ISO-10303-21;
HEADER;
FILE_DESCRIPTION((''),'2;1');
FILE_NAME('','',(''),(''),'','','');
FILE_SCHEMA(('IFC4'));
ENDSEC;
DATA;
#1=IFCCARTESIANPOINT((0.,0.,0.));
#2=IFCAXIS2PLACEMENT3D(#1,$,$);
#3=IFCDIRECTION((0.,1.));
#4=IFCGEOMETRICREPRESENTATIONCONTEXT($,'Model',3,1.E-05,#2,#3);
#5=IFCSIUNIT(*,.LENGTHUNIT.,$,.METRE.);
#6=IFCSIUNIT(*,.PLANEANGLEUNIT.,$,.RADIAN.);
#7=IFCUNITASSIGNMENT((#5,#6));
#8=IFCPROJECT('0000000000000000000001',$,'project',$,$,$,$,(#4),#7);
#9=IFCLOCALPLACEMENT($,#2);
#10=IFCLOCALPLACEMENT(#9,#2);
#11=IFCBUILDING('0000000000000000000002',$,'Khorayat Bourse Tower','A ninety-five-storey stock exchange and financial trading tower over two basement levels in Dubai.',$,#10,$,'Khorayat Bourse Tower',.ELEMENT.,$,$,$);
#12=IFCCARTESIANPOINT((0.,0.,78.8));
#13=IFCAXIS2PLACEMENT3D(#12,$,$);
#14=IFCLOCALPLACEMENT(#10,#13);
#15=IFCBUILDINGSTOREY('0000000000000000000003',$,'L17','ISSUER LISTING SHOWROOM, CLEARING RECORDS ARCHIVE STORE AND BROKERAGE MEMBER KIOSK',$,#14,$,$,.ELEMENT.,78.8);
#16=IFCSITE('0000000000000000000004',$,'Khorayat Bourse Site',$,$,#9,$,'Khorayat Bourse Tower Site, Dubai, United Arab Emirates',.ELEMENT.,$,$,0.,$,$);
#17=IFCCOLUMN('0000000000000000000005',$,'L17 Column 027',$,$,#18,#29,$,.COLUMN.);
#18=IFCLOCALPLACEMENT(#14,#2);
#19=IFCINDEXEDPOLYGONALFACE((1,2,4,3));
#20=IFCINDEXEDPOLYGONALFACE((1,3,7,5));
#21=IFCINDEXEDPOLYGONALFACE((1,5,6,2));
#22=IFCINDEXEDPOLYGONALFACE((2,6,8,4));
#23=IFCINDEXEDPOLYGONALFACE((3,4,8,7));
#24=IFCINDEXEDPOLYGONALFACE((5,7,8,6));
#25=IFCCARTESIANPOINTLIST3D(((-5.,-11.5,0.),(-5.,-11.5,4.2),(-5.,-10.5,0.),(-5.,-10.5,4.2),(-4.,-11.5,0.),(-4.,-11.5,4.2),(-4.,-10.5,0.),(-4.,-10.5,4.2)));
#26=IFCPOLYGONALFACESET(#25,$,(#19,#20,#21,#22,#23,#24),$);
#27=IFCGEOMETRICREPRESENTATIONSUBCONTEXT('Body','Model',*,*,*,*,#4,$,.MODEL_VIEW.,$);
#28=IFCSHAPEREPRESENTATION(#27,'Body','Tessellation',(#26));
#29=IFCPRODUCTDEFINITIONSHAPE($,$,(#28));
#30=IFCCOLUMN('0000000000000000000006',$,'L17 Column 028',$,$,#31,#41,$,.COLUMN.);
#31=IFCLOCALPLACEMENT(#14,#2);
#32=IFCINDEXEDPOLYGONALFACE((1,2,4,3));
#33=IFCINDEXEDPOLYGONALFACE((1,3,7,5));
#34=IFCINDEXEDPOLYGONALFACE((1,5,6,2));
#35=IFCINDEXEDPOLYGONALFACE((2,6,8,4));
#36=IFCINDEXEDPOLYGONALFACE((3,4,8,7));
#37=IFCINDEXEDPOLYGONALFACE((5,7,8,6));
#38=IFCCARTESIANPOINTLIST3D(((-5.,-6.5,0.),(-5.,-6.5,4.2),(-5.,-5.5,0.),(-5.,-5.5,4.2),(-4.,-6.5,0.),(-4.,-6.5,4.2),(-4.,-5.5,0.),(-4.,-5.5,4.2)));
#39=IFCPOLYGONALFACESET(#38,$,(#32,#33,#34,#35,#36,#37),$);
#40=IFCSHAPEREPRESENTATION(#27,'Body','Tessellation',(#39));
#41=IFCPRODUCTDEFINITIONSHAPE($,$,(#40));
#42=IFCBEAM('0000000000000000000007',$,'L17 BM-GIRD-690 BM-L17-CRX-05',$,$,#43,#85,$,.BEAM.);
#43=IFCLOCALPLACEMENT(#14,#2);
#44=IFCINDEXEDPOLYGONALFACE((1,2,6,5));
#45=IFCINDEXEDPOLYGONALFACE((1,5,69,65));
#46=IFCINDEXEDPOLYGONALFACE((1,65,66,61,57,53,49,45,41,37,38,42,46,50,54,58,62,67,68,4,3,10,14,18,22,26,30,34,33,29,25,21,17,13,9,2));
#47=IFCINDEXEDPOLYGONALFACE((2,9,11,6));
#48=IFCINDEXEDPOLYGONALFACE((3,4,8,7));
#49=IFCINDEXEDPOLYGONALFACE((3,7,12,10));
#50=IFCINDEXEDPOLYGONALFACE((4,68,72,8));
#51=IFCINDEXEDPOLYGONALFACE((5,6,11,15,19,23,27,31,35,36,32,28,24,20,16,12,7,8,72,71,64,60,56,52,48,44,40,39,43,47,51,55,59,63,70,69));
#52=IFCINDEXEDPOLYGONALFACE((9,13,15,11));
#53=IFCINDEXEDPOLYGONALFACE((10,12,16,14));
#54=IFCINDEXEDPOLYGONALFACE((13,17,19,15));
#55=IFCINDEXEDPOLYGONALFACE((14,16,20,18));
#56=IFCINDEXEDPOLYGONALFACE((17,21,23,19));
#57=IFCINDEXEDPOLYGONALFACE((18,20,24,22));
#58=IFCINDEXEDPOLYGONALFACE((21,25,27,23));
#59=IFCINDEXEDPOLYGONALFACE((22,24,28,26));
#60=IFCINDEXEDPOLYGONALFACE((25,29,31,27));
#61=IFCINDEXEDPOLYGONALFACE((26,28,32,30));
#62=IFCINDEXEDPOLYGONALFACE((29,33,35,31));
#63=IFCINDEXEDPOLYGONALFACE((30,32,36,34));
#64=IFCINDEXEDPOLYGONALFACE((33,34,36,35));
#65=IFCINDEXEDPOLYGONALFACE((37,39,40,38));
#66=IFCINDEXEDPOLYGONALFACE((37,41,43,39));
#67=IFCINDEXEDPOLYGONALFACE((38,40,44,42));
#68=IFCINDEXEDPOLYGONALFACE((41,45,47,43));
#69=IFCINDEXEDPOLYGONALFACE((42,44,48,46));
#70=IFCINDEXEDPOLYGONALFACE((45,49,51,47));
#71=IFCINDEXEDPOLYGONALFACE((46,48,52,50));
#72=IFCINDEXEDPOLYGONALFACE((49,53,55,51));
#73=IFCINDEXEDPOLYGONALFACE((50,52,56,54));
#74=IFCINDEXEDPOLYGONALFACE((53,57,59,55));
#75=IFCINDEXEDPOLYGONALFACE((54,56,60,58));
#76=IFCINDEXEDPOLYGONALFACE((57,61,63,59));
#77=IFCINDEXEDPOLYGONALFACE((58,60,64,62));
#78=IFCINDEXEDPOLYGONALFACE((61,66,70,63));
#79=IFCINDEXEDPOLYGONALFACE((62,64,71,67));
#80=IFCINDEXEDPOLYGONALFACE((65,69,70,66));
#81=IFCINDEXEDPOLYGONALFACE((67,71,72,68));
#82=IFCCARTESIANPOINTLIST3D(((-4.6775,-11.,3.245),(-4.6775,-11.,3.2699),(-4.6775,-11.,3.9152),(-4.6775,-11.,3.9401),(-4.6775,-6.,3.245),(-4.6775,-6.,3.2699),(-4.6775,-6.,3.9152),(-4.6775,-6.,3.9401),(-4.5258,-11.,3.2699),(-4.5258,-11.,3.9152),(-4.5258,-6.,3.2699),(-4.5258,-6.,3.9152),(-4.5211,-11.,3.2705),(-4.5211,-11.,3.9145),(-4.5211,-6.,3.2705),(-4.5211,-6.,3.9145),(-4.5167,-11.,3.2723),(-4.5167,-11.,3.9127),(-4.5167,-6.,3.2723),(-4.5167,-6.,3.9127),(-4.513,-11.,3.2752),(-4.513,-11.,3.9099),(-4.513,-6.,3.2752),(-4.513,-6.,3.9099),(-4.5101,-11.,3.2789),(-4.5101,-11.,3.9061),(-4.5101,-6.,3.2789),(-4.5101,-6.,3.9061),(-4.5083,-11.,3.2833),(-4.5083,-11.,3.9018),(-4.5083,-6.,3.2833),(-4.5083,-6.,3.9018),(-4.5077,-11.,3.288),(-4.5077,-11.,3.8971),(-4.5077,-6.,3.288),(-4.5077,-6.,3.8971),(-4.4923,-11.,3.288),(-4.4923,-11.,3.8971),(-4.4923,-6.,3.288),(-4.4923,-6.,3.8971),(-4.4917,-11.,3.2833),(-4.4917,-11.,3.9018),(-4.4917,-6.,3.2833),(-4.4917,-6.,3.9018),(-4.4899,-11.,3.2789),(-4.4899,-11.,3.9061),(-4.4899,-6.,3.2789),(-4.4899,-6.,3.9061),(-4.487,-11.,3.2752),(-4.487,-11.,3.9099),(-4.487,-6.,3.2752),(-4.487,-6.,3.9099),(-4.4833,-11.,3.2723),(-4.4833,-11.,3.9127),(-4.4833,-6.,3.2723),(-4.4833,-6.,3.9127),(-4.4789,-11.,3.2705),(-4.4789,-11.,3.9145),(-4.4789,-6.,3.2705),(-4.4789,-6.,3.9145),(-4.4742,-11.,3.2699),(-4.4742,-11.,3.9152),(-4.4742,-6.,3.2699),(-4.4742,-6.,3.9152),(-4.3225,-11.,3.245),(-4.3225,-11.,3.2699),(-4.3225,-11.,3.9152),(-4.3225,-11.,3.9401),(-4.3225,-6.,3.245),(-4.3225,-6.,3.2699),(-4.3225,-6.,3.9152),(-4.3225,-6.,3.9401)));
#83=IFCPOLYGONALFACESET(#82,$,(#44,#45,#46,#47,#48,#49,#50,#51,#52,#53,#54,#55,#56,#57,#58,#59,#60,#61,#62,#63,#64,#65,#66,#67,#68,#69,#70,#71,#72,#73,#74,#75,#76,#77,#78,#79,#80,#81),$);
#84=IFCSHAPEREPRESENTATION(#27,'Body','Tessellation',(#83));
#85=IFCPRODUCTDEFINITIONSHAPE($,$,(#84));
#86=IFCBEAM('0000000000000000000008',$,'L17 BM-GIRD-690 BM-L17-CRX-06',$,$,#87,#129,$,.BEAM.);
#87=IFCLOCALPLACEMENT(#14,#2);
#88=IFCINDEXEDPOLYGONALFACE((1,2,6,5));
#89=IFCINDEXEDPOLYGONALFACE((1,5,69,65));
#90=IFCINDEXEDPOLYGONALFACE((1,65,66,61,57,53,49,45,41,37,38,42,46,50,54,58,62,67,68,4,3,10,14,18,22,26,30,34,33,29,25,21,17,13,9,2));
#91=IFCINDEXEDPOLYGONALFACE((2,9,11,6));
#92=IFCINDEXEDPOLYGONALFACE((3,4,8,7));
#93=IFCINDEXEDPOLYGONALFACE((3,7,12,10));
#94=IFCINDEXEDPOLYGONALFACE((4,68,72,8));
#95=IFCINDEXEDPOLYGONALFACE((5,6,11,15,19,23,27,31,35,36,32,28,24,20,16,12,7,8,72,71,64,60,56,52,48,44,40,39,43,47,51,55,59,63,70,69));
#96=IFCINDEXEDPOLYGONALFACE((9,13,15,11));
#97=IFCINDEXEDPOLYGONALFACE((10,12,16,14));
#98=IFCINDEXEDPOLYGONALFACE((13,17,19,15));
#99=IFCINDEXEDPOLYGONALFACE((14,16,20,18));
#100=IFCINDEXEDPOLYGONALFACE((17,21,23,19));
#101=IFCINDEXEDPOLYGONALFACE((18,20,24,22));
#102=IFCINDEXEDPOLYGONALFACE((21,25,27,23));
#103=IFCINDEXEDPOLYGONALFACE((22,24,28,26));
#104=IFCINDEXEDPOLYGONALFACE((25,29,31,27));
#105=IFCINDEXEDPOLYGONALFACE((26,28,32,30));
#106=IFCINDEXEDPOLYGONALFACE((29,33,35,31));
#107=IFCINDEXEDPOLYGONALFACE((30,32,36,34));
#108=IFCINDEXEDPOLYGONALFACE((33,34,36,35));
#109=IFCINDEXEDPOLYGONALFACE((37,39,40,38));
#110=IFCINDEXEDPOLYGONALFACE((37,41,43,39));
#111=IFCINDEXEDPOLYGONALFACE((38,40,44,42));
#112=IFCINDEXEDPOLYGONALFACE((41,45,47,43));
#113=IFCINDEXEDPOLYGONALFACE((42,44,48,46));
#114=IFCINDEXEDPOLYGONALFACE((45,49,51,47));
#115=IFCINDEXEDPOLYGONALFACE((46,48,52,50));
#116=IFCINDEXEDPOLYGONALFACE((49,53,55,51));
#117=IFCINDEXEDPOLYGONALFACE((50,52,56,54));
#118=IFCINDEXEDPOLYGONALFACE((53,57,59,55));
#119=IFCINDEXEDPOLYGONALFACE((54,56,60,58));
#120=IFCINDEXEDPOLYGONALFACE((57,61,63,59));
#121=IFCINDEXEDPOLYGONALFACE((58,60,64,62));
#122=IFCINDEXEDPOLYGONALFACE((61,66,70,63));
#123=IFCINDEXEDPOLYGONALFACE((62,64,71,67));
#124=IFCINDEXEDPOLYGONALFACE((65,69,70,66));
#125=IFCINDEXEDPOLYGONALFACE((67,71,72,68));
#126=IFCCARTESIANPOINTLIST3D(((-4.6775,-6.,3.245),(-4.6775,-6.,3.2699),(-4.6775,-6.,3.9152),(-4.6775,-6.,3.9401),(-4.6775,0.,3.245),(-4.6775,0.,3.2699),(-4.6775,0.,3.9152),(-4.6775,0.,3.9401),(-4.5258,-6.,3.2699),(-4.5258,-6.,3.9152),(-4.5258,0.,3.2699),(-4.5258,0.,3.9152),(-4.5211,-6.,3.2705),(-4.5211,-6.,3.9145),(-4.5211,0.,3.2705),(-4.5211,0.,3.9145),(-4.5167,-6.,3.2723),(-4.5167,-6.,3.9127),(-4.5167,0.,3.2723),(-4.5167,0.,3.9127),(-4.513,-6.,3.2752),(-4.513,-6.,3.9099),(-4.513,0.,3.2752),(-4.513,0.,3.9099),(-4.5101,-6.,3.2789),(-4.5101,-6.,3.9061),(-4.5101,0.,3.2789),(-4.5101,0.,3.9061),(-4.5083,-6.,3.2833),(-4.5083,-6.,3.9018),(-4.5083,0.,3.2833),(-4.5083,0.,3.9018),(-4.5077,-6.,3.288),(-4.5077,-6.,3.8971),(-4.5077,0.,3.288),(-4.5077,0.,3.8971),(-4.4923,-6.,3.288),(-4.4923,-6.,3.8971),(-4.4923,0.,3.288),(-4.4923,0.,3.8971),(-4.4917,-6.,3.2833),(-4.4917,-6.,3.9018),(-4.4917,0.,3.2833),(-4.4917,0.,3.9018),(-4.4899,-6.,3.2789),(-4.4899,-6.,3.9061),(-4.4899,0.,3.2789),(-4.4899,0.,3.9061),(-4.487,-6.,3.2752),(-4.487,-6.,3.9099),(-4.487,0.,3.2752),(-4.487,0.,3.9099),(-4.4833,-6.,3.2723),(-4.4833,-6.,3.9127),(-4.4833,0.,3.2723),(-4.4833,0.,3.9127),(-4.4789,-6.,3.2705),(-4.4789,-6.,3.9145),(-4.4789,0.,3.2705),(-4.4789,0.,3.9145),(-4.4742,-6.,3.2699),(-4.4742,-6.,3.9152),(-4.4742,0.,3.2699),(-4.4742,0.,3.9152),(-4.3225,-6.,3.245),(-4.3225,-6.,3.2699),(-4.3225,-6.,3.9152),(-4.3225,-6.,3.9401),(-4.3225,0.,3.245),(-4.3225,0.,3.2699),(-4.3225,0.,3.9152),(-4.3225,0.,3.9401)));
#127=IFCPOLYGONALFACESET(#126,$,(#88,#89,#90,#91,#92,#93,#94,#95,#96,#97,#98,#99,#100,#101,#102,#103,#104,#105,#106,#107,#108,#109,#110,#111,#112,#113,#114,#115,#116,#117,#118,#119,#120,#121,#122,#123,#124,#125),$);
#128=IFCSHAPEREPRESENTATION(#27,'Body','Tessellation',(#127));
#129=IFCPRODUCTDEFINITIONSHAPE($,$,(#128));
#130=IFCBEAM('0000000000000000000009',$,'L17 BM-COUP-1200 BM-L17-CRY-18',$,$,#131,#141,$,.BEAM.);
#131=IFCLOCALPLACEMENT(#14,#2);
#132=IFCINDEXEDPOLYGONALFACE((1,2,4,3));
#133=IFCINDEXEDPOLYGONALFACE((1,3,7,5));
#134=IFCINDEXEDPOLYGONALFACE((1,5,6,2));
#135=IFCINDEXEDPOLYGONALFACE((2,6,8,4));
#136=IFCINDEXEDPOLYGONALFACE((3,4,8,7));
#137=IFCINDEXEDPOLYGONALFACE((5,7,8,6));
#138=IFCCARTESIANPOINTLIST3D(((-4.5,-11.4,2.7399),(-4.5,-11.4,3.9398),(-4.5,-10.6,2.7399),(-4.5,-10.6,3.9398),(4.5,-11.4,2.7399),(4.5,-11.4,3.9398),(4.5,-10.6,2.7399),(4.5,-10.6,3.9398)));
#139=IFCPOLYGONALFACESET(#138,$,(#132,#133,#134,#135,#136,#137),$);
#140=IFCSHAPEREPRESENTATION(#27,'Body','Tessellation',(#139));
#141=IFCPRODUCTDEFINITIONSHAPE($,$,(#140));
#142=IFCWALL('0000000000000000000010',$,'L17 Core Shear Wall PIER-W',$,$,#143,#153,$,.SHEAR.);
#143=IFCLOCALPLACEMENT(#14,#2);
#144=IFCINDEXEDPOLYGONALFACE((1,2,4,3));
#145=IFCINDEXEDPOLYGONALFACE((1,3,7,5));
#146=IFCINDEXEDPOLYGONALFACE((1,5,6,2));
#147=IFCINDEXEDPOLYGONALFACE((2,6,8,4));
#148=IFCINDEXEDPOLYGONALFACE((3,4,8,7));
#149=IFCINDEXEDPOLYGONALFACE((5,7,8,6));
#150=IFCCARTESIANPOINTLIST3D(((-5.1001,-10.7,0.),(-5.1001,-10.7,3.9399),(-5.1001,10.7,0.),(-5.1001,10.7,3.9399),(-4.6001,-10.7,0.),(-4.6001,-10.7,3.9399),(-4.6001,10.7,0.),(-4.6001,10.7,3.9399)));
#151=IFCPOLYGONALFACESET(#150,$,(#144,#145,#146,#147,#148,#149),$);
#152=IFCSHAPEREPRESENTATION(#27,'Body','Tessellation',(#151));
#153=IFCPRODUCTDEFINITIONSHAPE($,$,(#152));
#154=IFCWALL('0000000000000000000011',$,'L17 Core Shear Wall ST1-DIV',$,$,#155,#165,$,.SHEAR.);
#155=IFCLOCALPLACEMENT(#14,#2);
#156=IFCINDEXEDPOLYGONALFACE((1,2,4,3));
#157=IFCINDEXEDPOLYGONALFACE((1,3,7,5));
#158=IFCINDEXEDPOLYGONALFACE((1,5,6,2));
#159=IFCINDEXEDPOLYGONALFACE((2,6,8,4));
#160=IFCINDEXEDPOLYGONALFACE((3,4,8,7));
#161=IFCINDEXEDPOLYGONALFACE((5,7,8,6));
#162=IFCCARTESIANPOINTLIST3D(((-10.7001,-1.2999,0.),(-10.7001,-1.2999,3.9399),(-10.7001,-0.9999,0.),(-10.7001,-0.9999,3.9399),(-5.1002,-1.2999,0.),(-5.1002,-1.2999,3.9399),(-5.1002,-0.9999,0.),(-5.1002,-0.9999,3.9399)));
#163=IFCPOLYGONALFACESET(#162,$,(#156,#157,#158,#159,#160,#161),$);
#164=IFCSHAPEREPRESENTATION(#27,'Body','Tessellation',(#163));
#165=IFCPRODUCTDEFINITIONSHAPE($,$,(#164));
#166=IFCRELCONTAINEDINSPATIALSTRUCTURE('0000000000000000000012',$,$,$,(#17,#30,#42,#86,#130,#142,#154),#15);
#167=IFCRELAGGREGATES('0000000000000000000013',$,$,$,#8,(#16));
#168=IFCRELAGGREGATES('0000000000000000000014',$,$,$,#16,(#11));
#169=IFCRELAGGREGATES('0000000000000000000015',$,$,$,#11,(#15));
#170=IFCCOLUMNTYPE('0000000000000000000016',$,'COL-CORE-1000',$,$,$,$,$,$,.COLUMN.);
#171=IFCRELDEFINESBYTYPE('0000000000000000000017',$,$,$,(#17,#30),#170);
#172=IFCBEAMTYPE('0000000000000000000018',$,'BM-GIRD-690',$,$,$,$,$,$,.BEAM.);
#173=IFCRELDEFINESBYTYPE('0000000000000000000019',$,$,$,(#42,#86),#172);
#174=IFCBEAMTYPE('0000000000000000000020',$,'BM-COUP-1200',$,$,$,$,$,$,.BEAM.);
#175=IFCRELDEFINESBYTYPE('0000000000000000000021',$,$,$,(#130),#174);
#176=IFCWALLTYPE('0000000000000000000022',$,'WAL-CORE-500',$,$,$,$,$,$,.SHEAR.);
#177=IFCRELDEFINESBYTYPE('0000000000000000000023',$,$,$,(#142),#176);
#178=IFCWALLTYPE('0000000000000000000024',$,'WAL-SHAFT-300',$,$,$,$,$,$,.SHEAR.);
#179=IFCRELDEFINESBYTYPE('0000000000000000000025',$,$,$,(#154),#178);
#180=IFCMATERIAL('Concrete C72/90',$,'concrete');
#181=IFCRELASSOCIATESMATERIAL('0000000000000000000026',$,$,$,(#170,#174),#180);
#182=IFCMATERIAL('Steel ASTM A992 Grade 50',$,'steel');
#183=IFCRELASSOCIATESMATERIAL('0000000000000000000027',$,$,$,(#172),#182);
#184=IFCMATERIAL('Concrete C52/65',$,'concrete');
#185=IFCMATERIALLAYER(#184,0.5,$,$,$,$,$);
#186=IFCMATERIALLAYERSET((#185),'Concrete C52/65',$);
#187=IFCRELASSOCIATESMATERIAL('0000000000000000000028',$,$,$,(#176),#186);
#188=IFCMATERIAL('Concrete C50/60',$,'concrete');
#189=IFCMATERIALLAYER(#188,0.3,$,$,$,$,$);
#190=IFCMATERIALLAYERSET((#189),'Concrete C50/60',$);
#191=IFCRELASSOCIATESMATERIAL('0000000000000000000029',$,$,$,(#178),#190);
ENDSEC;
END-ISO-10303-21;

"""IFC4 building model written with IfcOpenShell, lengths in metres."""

from ifc_helpers import new_model, si_unit, direction, frame, frame_2d, origin, origin_2d, place, context, subcontext, project, spatial, rectangle, i_section, extrude, source, transform, mapped, material, layer, layer_set, material_profile, profile_set, type_object, element, save


model = new_model("IFC4")

# Units and contexts
model_context = context("Model", 3, precision=1e-05, world=origin(), true_north=direction((0.0, 1.0)))
body_context = subcontext(model_context, "Body", "Model", "MODEL_VIEW")
ifc_project = project(units=[si_unit("LENGTHUNIT", "METRE"), si_unit("PLANEANGLEUNIT", "RADIAN")], contexts=[model_context])

# Site, building, storey
site_placement = place(None, origin())
site = spatial("IfcSite", under=ifc_project, at=site_placement, Name="Khorayat Bourse Site", LongName="Khorayat Bourse Tower Site, Dubai, United Arab Emirates", CompositionType="ELEMENT", RefElevation=0.0)
building_placement = place(site_placement, origin())
building = spatial("IfcBuilding", under=site, at=building_placement, Name="Khorayat Bourse Tower", Description="A ninety-five-storey stock exchange and financial trading tower over two basement levels in Dubai.", LongName="Khorayat Bourse Tower", CompositionType="ELEMENT")
storey_placement = place(building_placement, frame((0.0, 0.0, 78.8)))
storey = spatial("IfcBuildingStorey", under=building, at=storey_placement, Name="L17", Description="ISSUER LISTING SHOWROOM, CLEARING RECORDS ARCHIVE STORE AND BROKERAGE MEMBER KIOSK", CompositionType="ELEMENT", Elevation=78.8)

# Columns
ifc_material_1 = material(Name="Concrete C72/90", Category="concrete")
ifc_material_profile_1 = material_profile(ifc_material_1, rectangle(XDim=1.0, YDim=1.0, at=origin_2d()), Name="RC 1000x1000")
ifc_profile_set_1 = profile_set([ifc_material_profile_1], Name="Concrete C72/90")
column_type = type_object("IfcColumnType", Name="COL-CORE-1000", PredefinedType="COLUMN", material=ifc_profile_set_1)
shared_shape_1 = source(origin(), body_context, "Body", "SweptSolid", [
    extrude(rectangle(XDim=1.0, YDim=1.0, at=origin_2d()), origin(), (0.0, 0.0, 1.0), 4.2),
])
for number, where, z_axis, x_axis, name in (
    (1, (-4.5, -11.0, 0.0), (0.0, 0.0, 1.0), (1.0, 0.0, 0.0), "L17 Column 027"),
    (2, (-4.5, -6.0, 0.0), (0.0, 0.0, 1.0), (1.0, 0.0, 0.0), "L17 Column 028"),
):
    element("IfcColumn", number, at=place(storey_placement, frame(where, z_axis=z_axis, x_axis=x_axis)), inside=storey, type_object=column_type, Name=name, PredefinedType="COLUMN", context=body_context, shape_type="MappedRepresentation", body=[
        mapped(shared_shape_1, transform((0.0, 0.0, 0.0), scale=1.0)),
    ])

# Beams
ifc_material_2 = material(Name="Steel ASTM A992 Grade 50", Category="steel")
ifc_material_profile_2 = material_profile(ifc_material_2, i_section(OverallWidth=0.355, OverallDepth=0.6951, WebThickness=0.0154, FlangeThickness=0.0249, FilletRadius=0.0181, at=origin_2d()), Name="W690X217")
ifc_profile_set_2 = profile_set([ifc_material_profile_2], Name="Steel ASTM A992 Grade 50")
beam_type_1 = type_object("IfcBeamType", Name="BM-GIRD-690", PredefinedType="BEAM", material=ifc_profile_set_2)
shared_shape_2 = source(origin(), body_context, "Body", "SweptSolid", [
    extrude(i_section(OverallWidth=0.355, OverallDepth=0.6951, WebThickness=0.0154, FlangeThickness=0.0249, FilletRadius=0.0181, at=origin_2d()), origin(), (0.0, 0.0, 1.0), 5.0),
])
beam_1_placement = place(storey_placement, frame((-4.5, -11.0, 3.5925), z_axis=(0.0, 1.0, 0.0), x_axis=(-1.0, 0.0, 0.0)))
element("IfcBeam", 3, at=beam_1_placement, inside=storey, type_object=beam_type_1, Name="L17 BM-GIRD-690 BM-L17-CRX-05", PredefinedType="BEAM", context=body_context, shape_type="MappedRepresentation", body=[
    mapped(shared_shape_2, transform((0.0, 0.0, 0.0), scale=1.0)),
])
shared_shape_3 = source(origin(), body_context, "Body", "SweptSolid", [
    extrude(i_section(OverallWidth=0.355, OverallDepth=0.6951, WebThickness=0.0154, FlangeThickness=0.0249, FilletRadius=0.0181, at=origin_2d()), origin(), (0.0, 0.0, 1.0), 6.0),
])
beam_2_placement = place(storey_placement, frame((-4.5, -6.0, 3.5925), z_axis=(0.0, 1.0, 0.0), x_axis=(-1.0, 0.0, 0.0)))
element("IfcBeam", 4, at=beam_2_placement, inside=storey, type_object=beam_type_1, Name="L17 BM-GIRD-690 BM-L17-CRX-06", PredefinedType="BEAM", context=body_context, shape_type="MappedRepresentation", body=[
    mapped(shared_shape_3, transform((0.0, 0.0, 0.0), scale=1.0)),
])
ifc_material_profile_3 = material_profile(ifc_material_1, rectangle(XDim=0.8, YDim=1.2, at=origin_2d()), Name="RC 800x1200")
ifc_profile_set_3 = profile_set([ifc_material_profile_3], Name="Concrete C72/90")
beam_type_2 = type_object("IfcBeamType", Name="BM-COUP-1200", PredefinedType="BEAM", material=ifc_profile_set_3)
shared_shape_4 = source(origin(), body_context, "Body", "SweptSolid", [
    extrude(rectangle(XDim=0.8, YDim=1.2, at=origin_2d()), origin(), (0.0, 0.0, 1.0), 9.0),
])
beam_3_placement = place(storey_placement, frame((-4.5, -11.0, 3.3398), z_axis=(1.0, 0.0, 0.0), x_axis=(0.0, 1.0, 0.0)))
element("IfcBeam", 5, at=beam_3_placement, inside=storey, type_object=beam_type_2, Name="L17 BM-COUP-1200 BM-L17-CRY-18", PredefinedType="BEAM", context=body_context, shape_type="MappedRepresentation", body=[
    mapped(shared_shape_4, transform((0.0, 0.0, 0.0), scale=1.0)),
])

# Walls
ifc_material_3 = material(Name="Concrete C52/65", Category="concrete")
ifc_layer_1 = layer(ifc_material_3, 0.5)
ifc_layer_set_1 = layer_set([ifc_layer_1], Name="Concrete C52/65")
wall_type_1 = type_object("IfcWallType", Name="WAL-CORE-500", PredefinedType="SHEAR", material=ifc_layer_set_1)
shared_shape_5 = source(origin(), body_context, "Body", "SweptSolid", [
    extrude(rectangle(XDim=21.3999, YDim=0.5, at=frame_2d((10.7, 0.0))), origin(), (0.0, 0.0, 1.0), 3.9399),
])
wall_1_placement = place(storey_placement, frame((-4.8501, -10.7, 0.0), z_axis=(0.0, 0.0, 1.0), x_axis=(0.0, 1.0, 0.0)))
element("IfcWall", 6, at=wall_1_placement, inside=storey, type_object=wall_type_1, Name="L17 Core Shear Wall PIER-W", PredefinedType="SHEAR", context=body_context, shape_type="MappedRepresentation", body=[
    mapped(shared_shape_5, transform((0.0, 0.0, 0.0), scale=1.0)),
])
ifc_material_4 = material(Name="Concrete C50/60", Category="concrete")
ifc_layer_2 = layer(ifc_material_4, 0.3)
ifc_layer_set_2 = layer_set([ifc_layer_2], Name="Concrete C50/60")
wall_type_2 = type_object("IfcWallType", Name="WAL-SHAFT-300", PredefinedType="SHEAR", material=ifc_layer_set_2)
shared_shape_6 = source(origin(), body_context, "Body", "SweptSolid", [
    extrude(rectangle(XDim=5.5999, YDim=0.3, at=frame_2d((2.7998, 0.0))), origin(), (0.0, 0.0, 1.0), 3.9399),
])
wall_2_placement = place(storey_placement, frame((-10.7, -1.1499, 0.0), z_axis=(0.0, 0.0, 1.0), x_axis=(1.0, 0.0, 0.0)))
element("IfcWall", 7, at=wall_2_placement, inside=storey, type_object=wall_type_2, Name="L17 Core Shear Wall ST1-DIV", PredefinedType="SHEAR", context=body_context, shape_type="MappedRepresentation", body=[
    mapped(shared_shape_6, transform((0.0, 0.0, 0.0), scale=1.0)),
])

save(model, "model.ifc")
